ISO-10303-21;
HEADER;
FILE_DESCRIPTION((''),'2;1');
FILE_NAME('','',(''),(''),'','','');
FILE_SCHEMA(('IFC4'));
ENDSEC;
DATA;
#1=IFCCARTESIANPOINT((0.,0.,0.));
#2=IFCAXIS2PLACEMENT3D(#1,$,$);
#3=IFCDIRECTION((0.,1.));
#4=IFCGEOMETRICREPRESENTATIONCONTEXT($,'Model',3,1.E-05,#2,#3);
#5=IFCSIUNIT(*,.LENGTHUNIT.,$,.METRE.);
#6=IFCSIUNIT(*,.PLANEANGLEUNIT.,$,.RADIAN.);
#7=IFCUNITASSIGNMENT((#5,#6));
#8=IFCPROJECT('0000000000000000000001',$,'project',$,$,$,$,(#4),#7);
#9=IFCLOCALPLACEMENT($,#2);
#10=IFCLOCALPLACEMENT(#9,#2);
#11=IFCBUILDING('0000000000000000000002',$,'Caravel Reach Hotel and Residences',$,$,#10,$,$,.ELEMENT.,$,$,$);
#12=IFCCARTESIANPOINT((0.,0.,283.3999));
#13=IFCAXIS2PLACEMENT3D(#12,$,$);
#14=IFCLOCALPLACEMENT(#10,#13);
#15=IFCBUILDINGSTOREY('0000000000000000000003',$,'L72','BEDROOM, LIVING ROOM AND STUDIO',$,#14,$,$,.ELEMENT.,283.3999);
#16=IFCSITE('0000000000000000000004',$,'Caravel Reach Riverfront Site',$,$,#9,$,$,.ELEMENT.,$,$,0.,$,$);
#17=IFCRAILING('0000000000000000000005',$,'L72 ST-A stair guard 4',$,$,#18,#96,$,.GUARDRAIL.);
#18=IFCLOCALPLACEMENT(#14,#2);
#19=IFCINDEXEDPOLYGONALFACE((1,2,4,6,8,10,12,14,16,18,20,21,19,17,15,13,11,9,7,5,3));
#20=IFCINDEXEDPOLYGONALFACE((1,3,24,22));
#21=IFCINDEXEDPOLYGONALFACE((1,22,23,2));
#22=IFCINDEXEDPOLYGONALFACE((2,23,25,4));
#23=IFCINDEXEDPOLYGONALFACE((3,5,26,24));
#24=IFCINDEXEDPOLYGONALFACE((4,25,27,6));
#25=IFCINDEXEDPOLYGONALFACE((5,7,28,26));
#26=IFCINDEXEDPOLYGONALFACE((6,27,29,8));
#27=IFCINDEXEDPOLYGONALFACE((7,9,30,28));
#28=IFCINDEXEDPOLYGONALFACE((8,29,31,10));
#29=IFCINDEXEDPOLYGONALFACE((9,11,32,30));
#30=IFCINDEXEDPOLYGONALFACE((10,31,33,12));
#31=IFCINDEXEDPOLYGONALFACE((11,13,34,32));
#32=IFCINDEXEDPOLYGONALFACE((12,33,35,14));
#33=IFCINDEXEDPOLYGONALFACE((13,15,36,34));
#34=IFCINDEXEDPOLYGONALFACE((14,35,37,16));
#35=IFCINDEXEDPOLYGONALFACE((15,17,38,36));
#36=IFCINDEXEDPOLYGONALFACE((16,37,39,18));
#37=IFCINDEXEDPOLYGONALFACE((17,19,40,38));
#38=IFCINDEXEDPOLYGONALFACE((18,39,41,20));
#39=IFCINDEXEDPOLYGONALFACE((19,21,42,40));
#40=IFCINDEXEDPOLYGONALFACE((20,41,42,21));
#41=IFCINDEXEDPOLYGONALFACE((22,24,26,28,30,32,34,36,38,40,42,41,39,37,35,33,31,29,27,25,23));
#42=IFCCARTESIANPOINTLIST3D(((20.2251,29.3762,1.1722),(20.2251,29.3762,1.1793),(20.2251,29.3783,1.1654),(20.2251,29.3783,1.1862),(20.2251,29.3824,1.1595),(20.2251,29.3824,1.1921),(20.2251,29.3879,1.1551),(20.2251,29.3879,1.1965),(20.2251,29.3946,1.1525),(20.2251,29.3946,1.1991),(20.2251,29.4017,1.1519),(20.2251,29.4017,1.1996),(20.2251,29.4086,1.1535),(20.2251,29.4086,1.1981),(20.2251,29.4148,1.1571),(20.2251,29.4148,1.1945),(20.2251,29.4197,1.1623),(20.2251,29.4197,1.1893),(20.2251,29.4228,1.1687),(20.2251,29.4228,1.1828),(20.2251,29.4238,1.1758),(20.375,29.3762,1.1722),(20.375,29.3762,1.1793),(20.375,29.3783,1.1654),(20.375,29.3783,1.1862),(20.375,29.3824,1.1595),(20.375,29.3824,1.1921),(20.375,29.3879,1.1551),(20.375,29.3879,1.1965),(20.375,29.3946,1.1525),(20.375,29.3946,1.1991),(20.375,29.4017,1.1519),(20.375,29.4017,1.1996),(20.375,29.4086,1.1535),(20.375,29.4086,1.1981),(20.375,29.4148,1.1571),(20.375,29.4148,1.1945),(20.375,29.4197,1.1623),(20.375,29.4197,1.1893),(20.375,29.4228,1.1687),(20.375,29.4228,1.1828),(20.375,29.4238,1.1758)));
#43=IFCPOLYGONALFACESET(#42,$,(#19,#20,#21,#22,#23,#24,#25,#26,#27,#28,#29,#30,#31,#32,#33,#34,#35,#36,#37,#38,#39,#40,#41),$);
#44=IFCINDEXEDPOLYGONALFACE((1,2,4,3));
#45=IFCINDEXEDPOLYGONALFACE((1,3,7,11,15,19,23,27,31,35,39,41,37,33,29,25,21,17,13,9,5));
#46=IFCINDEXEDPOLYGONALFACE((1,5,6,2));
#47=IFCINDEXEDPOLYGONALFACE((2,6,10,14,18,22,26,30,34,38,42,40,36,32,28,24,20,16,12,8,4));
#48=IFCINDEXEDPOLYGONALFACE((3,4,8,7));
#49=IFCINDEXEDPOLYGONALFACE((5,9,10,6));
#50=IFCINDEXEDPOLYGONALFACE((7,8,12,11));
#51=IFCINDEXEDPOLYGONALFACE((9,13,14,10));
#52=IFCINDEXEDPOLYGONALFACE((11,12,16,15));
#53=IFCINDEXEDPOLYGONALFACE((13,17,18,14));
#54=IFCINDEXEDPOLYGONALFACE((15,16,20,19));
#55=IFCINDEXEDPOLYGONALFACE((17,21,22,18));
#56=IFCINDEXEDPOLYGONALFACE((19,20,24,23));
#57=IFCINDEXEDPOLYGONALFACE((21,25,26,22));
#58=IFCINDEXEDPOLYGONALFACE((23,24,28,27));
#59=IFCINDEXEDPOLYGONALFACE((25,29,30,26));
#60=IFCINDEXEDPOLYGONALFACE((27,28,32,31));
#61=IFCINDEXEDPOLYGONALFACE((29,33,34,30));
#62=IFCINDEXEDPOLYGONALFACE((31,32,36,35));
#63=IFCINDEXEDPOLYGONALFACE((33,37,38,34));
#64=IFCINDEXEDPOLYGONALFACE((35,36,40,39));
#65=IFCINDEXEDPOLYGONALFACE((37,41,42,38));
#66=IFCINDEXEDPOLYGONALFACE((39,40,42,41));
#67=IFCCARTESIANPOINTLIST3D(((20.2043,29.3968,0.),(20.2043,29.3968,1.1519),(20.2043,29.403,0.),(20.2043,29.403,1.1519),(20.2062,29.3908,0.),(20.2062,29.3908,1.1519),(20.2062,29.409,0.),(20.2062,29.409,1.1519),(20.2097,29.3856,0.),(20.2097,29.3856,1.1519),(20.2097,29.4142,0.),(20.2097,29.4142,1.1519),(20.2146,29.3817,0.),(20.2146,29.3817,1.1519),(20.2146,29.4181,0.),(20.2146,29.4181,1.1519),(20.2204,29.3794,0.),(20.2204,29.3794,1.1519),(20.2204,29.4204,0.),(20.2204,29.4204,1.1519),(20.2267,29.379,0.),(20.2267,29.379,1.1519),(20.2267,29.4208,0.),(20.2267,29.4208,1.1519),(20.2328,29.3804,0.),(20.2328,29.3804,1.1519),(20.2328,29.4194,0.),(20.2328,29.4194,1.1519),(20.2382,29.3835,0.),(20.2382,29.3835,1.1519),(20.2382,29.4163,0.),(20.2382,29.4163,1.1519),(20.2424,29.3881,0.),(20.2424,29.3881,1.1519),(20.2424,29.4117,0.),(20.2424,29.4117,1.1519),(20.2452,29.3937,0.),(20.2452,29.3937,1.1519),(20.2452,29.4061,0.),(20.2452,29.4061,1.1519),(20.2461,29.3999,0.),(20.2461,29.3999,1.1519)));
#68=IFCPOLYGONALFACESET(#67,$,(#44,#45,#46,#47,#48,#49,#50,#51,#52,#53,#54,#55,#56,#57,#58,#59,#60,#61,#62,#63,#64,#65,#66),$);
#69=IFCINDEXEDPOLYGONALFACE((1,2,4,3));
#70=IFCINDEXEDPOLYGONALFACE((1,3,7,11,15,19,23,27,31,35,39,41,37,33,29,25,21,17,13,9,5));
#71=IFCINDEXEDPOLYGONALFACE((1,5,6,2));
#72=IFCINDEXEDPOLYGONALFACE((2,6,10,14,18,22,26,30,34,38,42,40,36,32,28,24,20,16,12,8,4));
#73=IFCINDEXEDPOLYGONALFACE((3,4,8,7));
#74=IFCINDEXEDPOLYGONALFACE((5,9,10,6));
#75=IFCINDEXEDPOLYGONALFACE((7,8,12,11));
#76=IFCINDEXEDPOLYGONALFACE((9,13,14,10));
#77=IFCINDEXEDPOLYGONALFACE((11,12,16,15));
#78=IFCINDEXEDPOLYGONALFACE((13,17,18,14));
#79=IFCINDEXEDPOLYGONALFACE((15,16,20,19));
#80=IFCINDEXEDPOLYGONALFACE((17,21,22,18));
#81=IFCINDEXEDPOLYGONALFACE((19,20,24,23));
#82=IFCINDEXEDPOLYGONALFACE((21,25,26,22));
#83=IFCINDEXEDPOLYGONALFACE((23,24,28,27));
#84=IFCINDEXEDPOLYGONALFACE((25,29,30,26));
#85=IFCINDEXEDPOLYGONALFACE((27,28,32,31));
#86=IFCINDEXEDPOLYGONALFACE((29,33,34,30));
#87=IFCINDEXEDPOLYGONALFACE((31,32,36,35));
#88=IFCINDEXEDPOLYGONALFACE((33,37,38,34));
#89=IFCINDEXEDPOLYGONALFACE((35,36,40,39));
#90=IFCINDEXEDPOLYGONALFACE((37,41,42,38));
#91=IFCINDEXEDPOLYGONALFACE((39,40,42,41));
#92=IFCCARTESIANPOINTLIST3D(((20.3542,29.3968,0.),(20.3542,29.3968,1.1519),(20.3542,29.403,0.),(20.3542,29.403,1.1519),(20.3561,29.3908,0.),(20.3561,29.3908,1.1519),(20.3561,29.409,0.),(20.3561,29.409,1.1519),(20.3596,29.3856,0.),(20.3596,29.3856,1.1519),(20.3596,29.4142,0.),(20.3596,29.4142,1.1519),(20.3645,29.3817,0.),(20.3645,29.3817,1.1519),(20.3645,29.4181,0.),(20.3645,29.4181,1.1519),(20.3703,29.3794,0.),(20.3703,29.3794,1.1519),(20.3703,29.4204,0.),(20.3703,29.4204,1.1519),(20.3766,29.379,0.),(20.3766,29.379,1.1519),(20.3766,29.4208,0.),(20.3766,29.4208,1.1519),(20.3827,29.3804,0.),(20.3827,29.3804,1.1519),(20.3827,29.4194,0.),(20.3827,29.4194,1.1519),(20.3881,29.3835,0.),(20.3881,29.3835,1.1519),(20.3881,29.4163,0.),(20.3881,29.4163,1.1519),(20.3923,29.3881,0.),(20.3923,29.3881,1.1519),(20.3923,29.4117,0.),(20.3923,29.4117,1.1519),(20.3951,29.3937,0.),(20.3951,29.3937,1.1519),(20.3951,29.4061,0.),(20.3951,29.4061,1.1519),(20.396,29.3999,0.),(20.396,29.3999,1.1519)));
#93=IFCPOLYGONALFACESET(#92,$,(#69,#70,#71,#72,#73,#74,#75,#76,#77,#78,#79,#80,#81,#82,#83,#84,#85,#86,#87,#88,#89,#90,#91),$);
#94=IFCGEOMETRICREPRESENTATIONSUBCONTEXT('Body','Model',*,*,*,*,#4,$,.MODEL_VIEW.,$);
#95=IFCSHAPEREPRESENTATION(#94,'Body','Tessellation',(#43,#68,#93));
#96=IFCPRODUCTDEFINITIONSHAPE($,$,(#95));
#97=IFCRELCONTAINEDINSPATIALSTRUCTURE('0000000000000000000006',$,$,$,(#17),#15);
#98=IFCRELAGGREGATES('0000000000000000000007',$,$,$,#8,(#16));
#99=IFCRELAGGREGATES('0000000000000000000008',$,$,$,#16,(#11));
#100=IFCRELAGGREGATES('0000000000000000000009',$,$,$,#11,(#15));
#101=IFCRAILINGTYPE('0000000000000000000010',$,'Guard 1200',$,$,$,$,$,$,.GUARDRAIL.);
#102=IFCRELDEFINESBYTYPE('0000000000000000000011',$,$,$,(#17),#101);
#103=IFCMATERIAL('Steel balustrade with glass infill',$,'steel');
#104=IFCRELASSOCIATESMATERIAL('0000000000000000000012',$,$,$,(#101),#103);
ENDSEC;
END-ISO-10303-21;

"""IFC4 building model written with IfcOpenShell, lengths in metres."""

from ifc_helpers import new_model, si_unit, direction, frame, origin, origin_2d, place, context, subcontext, project, spatial, circle, extrude, material, type_object, element, save


model = new_model("IFC4")

# Units and contexts
model_context = context("Model", 3, precision=1e-05, world=origin(), true_north=direction((0.0, 1.0)))
body_context = subcontext(model_context, "Body", "Model", "MODEL_VIEW")
ifc_project = project(units=[si_unit("LENGTHUNIT", "METRE"), si_unit("PLANEANGLEUNIT", "RADIAN")], contexts=[model_context])

# Site, building, storey
site_placement = place(None, origin())
site = spatial("IfcSite", under=ifc_project, at=site_placement, Name="Caravel Reach Riverfront Site", CompositionType="ELEMENT", RefElevation=0.0)
building_placement = place(site_placement, origin())
building = spatial("IfcBuilding", under=site, at=building_placement, Name="Caravel Reach Hotel and Residences", CompositionType="ELEMENT")
storey_placement = place(building_placement, frame((0.0, 0.0, 283.3999)))
storey = spatial("IfcBuildingStorey", under=building, at=storey_placement, Name="L72", Description="BEDROOM, LIVING ROOM AND STUDIO", CompositionType="ELEMENT", Elevation=283.3999)

# Railing
ifc_material_1 = material(Name="Steel balustrade with glass infill", Category="steel")
railing_type_1 = type_object("IfcRailingType", Name="Guard 1200", PredefinedType="GUARDRAIL", material=ifc_material_1)
railing_1_placement = place(storey_placement, frame((20.2251, 29.3999, 0.0)))
element("IfcRailing", 1, at=railing_1_placement, inside=storey, type_object=railing_type_1, Name="L72 ST-A stair guard 4", PredefinedType="GUARDRAIL", context=body_context, shape_type="SweptSolid", body=[
    extrude(circle(Radius=0.0239, at=origin_2d()), frame((0.0, 0.0, 1.1758), z_axis=(1.0, 0.0, 0.0), x_axis=(0.0, 1.0, 0.0)), (0.0, 0.0, 1.0), 0.1499),
    extrude(circle(Radius=0.021, at=origin_2d()), origin(), (0.0, 0.0, 1.0), 1.1519),
    extrude(circle(Radius=0.021, at=origin_2d()), frame((0.1499, 0.0, 0.0)), (0.0, 0.0, 1.0), 1.1519),
])

save(model, "model.ifc")
